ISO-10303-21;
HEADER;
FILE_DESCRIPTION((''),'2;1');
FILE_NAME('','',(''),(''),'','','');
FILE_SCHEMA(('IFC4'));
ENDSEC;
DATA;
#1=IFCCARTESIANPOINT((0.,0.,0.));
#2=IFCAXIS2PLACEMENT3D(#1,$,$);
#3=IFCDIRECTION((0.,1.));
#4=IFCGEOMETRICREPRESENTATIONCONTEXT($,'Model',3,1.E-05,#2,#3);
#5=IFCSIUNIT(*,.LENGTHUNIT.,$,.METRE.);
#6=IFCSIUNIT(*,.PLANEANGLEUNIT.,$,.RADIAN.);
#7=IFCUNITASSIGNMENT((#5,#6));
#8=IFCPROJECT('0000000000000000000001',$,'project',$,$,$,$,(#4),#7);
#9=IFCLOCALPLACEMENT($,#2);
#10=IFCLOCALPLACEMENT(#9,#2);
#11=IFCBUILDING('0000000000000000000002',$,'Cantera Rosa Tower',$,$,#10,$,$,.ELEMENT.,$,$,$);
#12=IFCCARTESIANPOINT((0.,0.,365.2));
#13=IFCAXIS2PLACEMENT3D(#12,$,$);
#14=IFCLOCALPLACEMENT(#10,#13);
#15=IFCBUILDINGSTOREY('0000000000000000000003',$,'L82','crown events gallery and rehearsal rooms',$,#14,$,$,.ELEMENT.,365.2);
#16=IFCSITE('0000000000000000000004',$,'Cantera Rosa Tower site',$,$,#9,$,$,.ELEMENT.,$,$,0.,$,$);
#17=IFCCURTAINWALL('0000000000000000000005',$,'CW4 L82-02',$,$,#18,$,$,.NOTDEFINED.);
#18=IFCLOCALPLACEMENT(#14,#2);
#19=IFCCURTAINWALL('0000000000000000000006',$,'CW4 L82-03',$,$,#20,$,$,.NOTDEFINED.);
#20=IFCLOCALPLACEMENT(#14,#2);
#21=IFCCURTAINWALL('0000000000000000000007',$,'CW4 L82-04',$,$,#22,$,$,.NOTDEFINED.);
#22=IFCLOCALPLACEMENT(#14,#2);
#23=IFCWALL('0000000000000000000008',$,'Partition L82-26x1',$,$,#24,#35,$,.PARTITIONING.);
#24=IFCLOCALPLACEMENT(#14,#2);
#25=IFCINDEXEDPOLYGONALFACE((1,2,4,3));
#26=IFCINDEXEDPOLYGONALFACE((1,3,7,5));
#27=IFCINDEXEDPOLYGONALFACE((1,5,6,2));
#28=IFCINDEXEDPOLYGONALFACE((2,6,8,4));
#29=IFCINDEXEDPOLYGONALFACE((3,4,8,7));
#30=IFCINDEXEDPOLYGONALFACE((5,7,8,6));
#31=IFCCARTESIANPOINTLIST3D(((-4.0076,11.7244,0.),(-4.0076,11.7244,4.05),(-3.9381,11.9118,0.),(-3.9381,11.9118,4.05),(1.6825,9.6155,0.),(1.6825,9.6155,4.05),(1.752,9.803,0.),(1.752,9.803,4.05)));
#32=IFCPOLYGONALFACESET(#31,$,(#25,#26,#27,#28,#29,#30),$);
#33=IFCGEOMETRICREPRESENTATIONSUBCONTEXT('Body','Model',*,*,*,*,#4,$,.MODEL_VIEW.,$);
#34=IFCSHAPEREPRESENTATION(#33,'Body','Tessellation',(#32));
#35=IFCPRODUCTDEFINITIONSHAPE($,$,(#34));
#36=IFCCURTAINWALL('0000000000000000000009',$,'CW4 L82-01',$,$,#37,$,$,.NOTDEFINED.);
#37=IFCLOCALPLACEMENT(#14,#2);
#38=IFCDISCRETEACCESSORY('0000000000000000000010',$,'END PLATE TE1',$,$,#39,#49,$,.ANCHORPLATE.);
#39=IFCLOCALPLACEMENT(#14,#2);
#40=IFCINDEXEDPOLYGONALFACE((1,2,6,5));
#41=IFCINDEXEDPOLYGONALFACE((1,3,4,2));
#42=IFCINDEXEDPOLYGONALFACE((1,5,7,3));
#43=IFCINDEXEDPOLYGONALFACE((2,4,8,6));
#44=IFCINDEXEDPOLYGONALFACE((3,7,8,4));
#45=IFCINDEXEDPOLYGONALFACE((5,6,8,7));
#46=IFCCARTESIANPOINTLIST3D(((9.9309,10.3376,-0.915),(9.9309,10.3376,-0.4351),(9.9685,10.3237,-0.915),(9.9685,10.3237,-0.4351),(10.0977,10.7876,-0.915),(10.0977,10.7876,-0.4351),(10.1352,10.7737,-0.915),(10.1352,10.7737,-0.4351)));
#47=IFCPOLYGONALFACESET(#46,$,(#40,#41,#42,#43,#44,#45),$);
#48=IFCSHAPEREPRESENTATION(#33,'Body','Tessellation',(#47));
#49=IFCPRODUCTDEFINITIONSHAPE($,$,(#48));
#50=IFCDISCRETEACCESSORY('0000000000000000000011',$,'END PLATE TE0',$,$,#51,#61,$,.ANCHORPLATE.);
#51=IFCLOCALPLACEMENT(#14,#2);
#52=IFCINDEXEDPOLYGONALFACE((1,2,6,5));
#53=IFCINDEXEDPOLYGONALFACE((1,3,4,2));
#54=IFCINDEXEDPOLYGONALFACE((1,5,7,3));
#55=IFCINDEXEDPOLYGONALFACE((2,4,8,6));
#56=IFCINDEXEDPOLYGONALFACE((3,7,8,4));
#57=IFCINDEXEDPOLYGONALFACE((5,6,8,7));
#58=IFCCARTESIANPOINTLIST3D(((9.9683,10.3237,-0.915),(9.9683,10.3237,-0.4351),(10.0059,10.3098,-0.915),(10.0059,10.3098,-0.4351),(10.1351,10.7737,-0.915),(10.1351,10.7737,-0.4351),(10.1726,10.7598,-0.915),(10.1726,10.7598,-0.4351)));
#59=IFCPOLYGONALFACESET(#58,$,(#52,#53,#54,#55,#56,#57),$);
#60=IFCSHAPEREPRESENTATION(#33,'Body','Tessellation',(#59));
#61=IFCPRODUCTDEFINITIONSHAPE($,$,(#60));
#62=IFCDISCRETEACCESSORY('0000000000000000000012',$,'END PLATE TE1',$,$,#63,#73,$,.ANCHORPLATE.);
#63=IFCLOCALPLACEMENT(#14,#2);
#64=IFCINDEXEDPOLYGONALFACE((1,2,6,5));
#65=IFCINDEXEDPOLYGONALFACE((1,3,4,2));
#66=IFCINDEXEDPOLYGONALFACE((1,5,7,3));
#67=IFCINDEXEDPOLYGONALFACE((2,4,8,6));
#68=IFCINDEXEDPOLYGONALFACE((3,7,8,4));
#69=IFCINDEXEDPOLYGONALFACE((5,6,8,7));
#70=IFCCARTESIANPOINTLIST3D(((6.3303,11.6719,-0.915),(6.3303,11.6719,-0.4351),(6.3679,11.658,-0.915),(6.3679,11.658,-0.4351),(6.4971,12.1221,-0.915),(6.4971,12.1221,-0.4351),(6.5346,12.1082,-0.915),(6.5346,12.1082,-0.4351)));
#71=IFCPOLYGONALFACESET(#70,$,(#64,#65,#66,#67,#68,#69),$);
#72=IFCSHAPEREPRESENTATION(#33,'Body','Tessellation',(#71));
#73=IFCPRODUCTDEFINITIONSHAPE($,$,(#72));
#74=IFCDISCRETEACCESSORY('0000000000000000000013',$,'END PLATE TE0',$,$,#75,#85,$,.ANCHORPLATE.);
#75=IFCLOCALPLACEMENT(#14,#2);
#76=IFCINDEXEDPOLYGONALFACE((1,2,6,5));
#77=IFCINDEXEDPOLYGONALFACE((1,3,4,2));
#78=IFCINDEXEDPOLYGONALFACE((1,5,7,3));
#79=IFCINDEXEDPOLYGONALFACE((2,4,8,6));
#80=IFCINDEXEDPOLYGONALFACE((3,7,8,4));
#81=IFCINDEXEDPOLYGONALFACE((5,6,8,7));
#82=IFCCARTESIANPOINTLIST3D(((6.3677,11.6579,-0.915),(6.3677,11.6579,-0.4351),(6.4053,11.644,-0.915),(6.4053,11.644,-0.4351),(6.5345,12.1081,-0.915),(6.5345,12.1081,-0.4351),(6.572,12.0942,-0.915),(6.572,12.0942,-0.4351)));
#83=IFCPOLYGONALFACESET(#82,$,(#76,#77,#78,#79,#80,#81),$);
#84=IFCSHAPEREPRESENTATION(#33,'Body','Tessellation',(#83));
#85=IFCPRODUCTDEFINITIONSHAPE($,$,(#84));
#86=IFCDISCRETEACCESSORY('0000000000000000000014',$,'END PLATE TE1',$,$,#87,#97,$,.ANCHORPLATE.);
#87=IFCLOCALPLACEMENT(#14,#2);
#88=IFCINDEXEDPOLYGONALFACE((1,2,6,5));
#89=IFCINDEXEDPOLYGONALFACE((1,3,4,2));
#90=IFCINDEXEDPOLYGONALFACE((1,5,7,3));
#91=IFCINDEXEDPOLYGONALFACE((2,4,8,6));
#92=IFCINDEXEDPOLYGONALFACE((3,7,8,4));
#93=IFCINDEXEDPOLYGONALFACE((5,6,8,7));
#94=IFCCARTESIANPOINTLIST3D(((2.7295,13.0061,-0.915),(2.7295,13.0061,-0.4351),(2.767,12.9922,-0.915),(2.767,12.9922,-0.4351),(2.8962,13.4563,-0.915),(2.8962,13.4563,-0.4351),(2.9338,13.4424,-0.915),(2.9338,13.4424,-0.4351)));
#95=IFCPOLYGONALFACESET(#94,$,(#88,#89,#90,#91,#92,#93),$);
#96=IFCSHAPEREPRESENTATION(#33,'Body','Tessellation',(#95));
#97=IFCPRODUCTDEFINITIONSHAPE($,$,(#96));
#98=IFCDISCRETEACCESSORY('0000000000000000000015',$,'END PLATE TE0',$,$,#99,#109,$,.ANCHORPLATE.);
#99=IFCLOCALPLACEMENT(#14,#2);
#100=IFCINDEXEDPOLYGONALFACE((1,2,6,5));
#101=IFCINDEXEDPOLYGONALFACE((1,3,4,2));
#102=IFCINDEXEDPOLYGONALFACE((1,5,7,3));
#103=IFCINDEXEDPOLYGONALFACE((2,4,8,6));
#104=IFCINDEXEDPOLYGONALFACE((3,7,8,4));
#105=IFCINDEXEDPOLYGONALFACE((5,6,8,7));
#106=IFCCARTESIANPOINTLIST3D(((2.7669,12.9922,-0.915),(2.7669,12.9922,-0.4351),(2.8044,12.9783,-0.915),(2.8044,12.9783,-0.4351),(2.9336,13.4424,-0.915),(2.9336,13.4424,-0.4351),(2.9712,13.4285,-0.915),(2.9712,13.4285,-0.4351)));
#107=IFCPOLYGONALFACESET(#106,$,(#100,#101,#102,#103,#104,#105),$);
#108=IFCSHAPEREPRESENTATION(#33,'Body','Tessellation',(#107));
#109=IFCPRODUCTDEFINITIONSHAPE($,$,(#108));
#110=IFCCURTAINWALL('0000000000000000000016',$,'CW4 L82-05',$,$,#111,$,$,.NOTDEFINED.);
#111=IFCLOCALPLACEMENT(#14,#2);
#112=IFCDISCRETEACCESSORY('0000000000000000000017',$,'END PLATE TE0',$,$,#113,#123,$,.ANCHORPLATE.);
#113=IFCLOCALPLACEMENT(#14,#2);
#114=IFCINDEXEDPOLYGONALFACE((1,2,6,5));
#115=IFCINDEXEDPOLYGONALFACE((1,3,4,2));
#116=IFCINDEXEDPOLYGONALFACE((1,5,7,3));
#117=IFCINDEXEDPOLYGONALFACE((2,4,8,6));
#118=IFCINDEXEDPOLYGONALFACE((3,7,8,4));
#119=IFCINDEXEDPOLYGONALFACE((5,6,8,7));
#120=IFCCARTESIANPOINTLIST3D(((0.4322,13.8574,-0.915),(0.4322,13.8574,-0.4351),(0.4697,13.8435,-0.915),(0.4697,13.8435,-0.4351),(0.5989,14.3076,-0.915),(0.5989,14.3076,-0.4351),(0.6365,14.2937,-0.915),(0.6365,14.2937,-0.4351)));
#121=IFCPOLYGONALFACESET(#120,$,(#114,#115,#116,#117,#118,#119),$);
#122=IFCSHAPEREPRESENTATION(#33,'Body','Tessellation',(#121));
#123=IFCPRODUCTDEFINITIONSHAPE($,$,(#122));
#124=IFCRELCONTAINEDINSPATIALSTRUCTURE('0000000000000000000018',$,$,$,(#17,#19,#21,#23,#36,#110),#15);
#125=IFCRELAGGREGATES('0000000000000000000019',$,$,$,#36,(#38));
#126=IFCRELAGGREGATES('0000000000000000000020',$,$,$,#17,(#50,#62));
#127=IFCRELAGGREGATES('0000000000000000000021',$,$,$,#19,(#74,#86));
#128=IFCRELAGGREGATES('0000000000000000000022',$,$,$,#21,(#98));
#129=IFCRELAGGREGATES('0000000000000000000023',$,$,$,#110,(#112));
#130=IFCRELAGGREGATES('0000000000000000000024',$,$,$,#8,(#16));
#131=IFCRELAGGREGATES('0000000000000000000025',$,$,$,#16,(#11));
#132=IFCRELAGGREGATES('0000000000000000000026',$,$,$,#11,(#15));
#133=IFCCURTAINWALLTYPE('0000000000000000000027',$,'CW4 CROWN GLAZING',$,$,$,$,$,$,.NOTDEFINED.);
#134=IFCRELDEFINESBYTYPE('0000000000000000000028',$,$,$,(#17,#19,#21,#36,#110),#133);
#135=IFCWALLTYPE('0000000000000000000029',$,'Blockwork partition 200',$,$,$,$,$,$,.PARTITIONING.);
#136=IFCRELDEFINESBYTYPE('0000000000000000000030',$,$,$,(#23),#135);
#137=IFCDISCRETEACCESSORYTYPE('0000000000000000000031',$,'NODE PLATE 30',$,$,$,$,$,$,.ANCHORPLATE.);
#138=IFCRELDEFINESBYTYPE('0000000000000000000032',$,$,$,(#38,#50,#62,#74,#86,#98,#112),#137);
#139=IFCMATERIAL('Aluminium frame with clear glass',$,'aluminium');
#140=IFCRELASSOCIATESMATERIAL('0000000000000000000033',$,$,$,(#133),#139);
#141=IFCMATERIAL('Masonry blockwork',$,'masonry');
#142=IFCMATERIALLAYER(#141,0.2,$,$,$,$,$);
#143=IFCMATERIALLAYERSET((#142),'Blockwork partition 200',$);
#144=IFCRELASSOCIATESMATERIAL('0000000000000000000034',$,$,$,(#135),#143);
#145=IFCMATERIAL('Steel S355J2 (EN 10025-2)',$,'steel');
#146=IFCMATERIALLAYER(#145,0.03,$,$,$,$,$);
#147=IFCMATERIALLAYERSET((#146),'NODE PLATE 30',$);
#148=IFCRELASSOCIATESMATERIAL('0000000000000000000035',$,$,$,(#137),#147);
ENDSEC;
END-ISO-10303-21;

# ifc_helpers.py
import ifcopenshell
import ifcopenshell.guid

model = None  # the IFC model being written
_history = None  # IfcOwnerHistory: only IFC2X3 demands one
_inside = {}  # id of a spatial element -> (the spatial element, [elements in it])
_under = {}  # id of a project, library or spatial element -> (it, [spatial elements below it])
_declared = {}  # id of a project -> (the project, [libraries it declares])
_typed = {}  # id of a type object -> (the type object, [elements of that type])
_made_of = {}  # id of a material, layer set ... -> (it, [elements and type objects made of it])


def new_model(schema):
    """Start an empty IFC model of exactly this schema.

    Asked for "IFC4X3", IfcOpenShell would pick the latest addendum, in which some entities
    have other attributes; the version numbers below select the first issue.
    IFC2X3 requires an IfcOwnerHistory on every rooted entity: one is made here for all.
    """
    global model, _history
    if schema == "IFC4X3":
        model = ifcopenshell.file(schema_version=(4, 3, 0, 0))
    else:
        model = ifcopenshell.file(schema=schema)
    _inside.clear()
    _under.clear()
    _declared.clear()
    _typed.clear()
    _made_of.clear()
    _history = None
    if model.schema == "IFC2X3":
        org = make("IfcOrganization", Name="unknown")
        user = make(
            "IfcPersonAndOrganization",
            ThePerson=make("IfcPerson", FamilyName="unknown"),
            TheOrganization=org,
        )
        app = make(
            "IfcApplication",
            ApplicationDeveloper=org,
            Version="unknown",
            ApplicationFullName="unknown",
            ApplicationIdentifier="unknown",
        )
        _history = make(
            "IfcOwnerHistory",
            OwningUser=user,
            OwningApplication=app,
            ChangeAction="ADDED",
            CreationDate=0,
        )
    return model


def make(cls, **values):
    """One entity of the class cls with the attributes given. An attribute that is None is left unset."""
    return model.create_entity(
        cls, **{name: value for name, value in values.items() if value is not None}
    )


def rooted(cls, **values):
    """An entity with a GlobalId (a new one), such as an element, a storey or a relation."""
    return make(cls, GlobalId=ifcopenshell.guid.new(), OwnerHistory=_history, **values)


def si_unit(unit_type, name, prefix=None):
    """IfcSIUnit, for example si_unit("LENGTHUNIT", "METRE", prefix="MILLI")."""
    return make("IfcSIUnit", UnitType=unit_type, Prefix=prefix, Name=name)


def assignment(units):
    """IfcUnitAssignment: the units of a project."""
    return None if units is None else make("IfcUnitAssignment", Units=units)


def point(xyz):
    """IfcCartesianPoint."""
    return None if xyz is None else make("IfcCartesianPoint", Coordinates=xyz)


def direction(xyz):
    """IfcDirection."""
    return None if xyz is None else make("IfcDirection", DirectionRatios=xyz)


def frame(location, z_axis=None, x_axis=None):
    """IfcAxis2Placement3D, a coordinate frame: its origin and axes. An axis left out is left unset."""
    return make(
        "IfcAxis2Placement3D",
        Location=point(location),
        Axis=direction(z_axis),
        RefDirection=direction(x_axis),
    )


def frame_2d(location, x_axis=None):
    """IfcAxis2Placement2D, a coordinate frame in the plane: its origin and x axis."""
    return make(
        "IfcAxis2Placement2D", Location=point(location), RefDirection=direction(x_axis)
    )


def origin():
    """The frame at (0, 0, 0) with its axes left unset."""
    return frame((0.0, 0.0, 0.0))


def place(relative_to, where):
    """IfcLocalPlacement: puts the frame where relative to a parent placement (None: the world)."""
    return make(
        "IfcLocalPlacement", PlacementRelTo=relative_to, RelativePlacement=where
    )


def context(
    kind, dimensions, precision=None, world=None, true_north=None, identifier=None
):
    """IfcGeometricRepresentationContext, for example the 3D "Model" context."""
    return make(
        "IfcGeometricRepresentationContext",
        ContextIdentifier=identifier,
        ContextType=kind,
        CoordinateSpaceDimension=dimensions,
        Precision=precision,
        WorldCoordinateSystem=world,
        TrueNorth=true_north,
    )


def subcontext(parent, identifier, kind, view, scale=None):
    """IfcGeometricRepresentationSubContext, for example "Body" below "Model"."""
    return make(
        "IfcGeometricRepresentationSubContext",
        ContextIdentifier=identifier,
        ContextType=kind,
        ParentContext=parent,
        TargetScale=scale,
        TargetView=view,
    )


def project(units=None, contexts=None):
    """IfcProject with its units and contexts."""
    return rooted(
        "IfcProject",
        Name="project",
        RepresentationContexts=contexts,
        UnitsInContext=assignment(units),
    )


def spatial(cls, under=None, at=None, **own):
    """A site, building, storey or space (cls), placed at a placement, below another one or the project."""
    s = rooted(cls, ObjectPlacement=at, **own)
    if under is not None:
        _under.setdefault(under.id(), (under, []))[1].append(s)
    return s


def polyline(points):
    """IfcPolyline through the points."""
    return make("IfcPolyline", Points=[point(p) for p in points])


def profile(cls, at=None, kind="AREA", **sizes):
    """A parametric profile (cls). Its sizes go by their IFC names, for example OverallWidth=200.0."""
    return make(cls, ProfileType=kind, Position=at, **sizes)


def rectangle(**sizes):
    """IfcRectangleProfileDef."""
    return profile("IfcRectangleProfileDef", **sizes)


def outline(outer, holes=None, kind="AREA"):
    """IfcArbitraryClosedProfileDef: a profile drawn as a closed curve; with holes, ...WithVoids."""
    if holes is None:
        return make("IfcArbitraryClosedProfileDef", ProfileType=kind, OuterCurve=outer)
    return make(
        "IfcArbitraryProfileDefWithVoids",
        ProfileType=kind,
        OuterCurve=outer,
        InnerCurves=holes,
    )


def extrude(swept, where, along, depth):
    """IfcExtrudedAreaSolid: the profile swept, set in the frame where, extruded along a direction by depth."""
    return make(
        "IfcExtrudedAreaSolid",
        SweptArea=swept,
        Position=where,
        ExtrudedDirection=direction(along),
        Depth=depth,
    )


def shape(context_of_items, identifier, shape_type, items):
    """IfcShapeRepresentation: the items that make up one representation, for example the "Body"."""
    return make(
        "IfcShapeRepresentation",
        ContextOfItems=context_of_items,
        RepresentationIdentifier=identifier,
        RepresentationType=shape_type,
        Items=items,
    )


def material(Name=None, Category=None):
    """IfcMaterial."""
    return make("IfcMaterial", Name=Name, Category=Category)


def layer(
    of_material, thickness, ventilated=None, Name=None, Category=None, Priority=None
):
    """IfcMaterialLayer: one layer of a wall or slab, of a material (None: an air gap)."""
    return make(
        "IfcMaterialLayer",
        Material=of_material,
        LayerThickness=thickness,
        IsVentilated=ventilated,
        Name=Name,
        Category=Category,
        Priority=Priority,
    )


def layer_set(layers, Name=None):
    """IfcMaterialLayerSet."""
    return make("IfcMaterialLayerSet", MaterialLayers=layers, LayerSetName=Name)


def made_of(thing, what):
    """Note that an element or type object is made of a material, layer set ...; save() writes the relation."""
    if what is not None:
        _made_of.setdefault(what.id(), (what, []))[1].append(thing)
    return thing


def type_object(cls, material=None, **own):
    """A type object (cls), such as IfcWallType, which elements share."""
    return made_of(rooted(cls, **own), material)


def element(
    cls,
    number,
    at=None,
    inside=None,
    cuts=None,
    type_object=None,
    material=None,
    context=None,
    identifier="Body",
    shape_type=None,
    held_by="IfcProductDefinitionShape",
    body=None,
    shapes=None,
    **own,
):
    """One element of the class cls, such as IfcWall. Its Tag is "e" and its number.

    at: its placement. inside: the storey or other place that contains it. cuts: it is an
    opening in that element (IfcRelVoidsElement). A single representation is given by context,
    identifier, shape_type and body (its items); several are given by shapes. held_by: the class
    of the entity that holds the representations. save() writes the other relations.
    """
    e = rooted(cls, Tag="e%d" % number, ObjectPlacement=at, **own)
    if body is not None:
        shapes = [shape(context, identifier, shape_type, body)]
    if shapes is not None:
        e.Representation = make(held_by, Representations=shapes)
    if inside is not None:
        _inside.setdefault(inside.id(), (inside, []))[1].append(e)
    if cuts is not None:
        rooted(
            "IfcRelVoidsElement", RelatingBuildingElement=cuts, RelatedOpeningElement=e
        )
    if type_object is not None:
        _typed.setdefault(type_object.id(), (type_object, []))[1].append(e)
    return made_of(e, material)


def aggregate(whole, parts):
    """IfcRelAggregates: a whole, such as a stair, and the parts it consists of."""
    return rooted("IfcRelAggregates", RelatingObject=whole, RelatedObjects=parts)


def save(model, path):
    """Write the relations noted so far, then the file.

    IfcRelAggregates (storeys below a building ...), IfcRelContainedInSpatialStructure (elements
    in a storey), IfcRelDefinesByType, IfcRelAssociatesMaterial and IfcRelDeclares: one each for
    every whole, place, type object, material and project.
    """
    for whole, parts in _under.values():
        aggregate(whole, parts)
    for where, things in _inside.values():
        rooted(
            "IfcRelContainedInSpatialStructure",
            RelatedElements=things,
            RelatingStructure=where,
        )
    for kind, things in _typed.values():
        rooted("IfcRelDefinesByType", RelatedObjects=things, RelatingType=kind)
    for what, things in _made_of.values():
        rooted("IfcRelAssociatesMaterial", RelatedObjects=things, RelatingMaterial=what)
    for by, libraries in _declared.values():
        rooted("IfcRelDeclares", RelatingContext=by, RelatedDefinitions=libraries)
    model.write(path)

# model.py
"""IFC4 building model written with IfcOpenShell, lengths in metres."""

from ifc_helpers import new_model, si_unit, direction, frame, frame_2d, origin, place, context, subcontext, project, spatial, polyline, rectangle, outline, extrude, material, layer, layer_set, type_object, element, aggregate, save


model = new_model("IFC4")

# Units and contexts
model_context = context("Model", 3, precision=1e-05, world=origin(), true_north=direction((0.0, 1.0)))
body_context = subcontext(model_context, "Body", "Model", "MODEL_VIEW")
ifc_project = project(units=[si_unit("LENGTHUNIT", "METRE"), si_unit("PLANEANGLEUNIT", "RADIAN")], contexts=[model_context])

# Site, building, storey
site_placement = place(None, origin())
site = spatial("IfcSite", under=ifc_project, at=site_placement, Name="Cantera Rosa Tower site", CompositionType="ELEMENT", RefElevation=0.0)
building_placement = place(site_placement, origin())
building = spatial("IfcBuilding", under=site, at=building_placement, Name="Cantera Rosa Tower", CompositionType="ELEMENT")
storey_placement = place(building_placement, frame((0.0, 0.0, 365.2)))
storey = spatial("IfcBuildingStorey", under=building, at=storey_placement, Name="L82", Description="crown events gallery and rehearsal rooms", CompositionType="ELEMENT", Elevation=365.2)

# Curtain walls
ifc_material_1 = material(Name="Aluminium frame with clear glass", Category="aluminium")
curtain_wall_type = type_object("IfcCurtainWallType", Name="CW4 CROWN GLAZING", PredefinedType="NOTDEFINED", material=ifc_material_1)
curtain_wall_1_placement = place(storey_placement, origin())
curtain_wall_1 = element("IfcCurtainWall", 1, at=curtain_wall_1_placement, inside=storey, type_object=curtain_wall_type, Name="CW4 L82-02", PredefinedType="NOTDEFINED")
curtain_wall_2_placement = place(storey_placement, origin())
curtain_wall_2 = element("IfcCurtainWall", 2, at=curtain_wall_2_placement, inside=storey, type_object=curtain_wall_type, Name="CW4 L82-03", PredefinedType="NOTDEFINED")
curtain_wall_3_placement = place(storey_placement, origin())
curtain_wall_3 = element("IfcCurtainWall", 3, at=curtain_wall_3_placement, inside=storey, type_object=curtain_wall_type, Name="CW4 L82-04", PredefinedType="NOTDEFINED")

# Wall
ifc_material_2 = material(Name="Masonry blockwork", Category="masonry")
ifc_layer_1 = layer(ifc_material_2, 0.2)
ifc_layer_set_1 = layer_set([ifc_layer_1], Name="Blockwork partition 200")
wall_type = type_object("IfcWallType", Name="Blockwork partition 200", PredefinedType="PARTITIONING", material=ifc_layer_set_1)
wall_placement = place(storey_placement, frame((1.7173, 9.7092, 0.0), z_axis=(0.0, 0.0, 1.0), x_axis=(-0.937673, 0.347519, 0.0)))
element("IfcWall", 4, at=wall_placement, inside=storey, type_object=wall_type, Name="Partition L82-26x1", PredefinedType="PARTITIONING", context=body_context, shape_type="SweptSolid", body=[
    extrude(rectangle(XDim=6.0684, YDim=0.2, at=frame_2d((3.0342, 0.0))), origin(), (0.0, 0.0, 1.0), 4.05),
])

# Curtain wall, discrete accessory
curtain_wall_4_placement = place(storey_placement, origin())
curtain_wall_4 = element("IfcCurtainWall", 5, at=curtain_wall_4_placement, inside=storey, type_object=curtain_wall_type, Name="CW4 L82-01", PredefinedType="NOTDEFINED")
ifc_material_3 = material(Name="Steel S355J2 (EN 10025-2)", Category="steel")
ifc_layer_2 = layer(ifc_material_3, 0.03)
ifc_layer_set_2 = layer_set([ifc_layer_2], Name="NODE PLATE 30")
discrete_accessory_type = type_object("IfcDiscreteAccessoryType", Name="NODE PLATE 30", PredefinedType="ANCHORPLATE", material=ifc_layer_set_2)
discrete_accessory_1_placement = place(storey_placement, frame((9.9309, 10.3376, -0.4351), z_axis=(-0.937681, 0.347497, 0.0), x_axis=(0.347497, 0.937681, 0.0)))
discrete_accessory_1 = element("IfcDiscreteAccessory", 6, at=discrete_accessory_1_placement, type_object=discrete_accessory_type, Name="END PLATE TE1", PredefinedType="ANCHORPLATE", context=body_context, shape_type="SweptSolid", body=[
    extrude(outline(polyline([(0.0, 0.0), (0.4799, 0.0), (0.4799, 0.48), (0.0, 0.48), (0.0, 0.0)])), origin(), (0.0, 0.0, -1.0), 0.04),
])
aggregate(curtain_wall_4, [discrete_accessory_1])

# Discrete accessories
discrete_accessory_2_placement = place(storey_placement, frame((10.1726, 10.7598, -0.4351), z_axis=(0.937681, -0.347497, 0.0), x_axis=(-0.347497, -0.937681, 0.0)))
discrete_accessory_2 = element("IfcDiscreteAccessory", 7, at=discrete_accessory_2_placement, type_object=discrete_accessory_type, Name="END PLATE TE0", PredefinedType="ANCHORPLATE", context=body_context, shape_type="SweptSolid", body=[
    extrude(outline(polyline([(0.0, 0.0), (0.4799, 0.0), (0.4799, 0.48), (0.0, 0.48), (0.0, 0.0)])), origin(), (0.0, 0.0, -1.0), 0.04),
])
discrete_accessory_3_placement = place(storey_placement, frame((6.3303, 11.6719, -0.4351), z_axis=(-0.937743, 0.347331, 0.0), x_axis=(0.347331, 0.937743, 0.0)))
discrete_accessory_3 = element("IfcDiscreteAccessory", 8, at=discrete_accessory_3_placement, type_object=discrete_accessory_type, Name="END PLATE TE1", PredefinedType="ANCHORPLATE", context=body_context, shape_type="SweptSolid", body=[
    extrude(outline(polyline([(0.0, 0.0), (0.4801, 0.0), (0.4801, 0.48), (0.0, 0.48), (0.0, 0.0)])), origin(), (0.0, 0.0, -1.0), 0.04),
])
aggregate(curtain_wall_1, [discrete_accessory_2, discrete_accessory_3])
discrete_accessory_4_placement = place(storey_placement, frame((6.572, 12.0942, -0.4351), z_axis=(0.937743, -0.347331, 0.0), x_axis=(-0.347331, -0.937743, 0.0)))
discrete_accessory_4 = element("IfcDiscreteAccessory", 9, at=discrete_accessory_4_placement, type_object=discrete_accessory_type, Name="END PLATE TE0", PredefinedType="ANCHORPLATE", context=body_context, shape_type="SweptSolid", body=[
    extrude(outline(polyline([(0.0, 0.0), (0.4801, 0.0), (0.4801, 0.48), (0.0, 0.48), (0.0, 0.0)])), origin(), (0.0, 0.0, -1.0), 0.04),
])
discrete_accessory_5_placement = place(storey_placement, frame((2.7295, 13.0061, -0.4351), z_axis=(-0.937743, 0.347331, 0.0), x_axis=(0.347331, 0.937743, 0.0)))
discrete_accessory_5 = element("IfcDiscreteAccessory", 10, at=discrete_accessory_5_placement, type_object=discrete_accessory_type, Name="END PLATE TE1", PredefinedType="ANCHORPLATE", context=body_context, shape_type="SweptSolid", body=[
    extrude(outline(polyline([(0.0, 0.0), (0.4801, 0.0), (0.4801, 0.48), (0.0, 0.48), (0.0, 0.0)])), origin(), (0.0, 0.0, -1.0), 0.04),
])
aggregate(curtain_wall_2, [discrete_accessory_4, discrete_accessory_5])
discrete_accessory_6_placement = place(storey_placement, frame((2.9712, 13.4285, -0.4351), z_axis=(0.937743, -0.347331, 0.0), x_axis=(-0.347331, -0.937743, 0.0)))
discrete_accessory_6 = element("IfcDiscreteAccessory", 11, at=discrete_accessory_6_placement, type_object=discrete_accessory_type, Name="END PLATE TE0", PredefinedType="ANCHORPLATE", context=body_context, shape_type="SweptSolid", body=[
    extrude(outline(polyline([(0.0, 0.0), (0.4801, 0.0), (0.4801, 0.48), (0.0, 0.48), (0.0, 0.0)])), origin(), (0.0, 0.0, -1.0), 0.04),
])
aggregate(curtain_wall_3, [discrete_accessory_6])

# Curtain wall, discrete accessory
curtain_wall_5_placement = place(storey_placement, origin())
curtain_wall_5 = element("IfcCurtainWall", 12, at=curtain_wall_5_placement, inside=storey, type_object=curtain_wall_type, Name="CW4 L82-05", PredefinedType="NOTDEFINED")
discrete_accessory_7_placement = place(storey_placement, frame((0.6365, 14.2937, -0.4351), z_axis=(0.937743, -0.347331, 0.0), x_axis=(-0.347331, -0.937743, 0.0)))
discrete_accessory_7 = element("IfcDiscreteAccessory", 13, at=discrete_accessory_7_placement, type_object=discrete_accessory_type, Name="END PLATE TE0", PredefinedType="ANCHORPLATE", context=body_context, shape_type="SweptSolid", body=[
    extrude(outline(polyline([(0.0, 0.0), (0.4801, 0.0), (0.4801, 0.48), (0.0, 0.48), (0.0, 0.0)])), origin(), (0.0, 0.0, -1.0), 0.04),
])
aggregate(curtain_wall_5, [discrete_accessory_7])

save(model, "model.ifc")
